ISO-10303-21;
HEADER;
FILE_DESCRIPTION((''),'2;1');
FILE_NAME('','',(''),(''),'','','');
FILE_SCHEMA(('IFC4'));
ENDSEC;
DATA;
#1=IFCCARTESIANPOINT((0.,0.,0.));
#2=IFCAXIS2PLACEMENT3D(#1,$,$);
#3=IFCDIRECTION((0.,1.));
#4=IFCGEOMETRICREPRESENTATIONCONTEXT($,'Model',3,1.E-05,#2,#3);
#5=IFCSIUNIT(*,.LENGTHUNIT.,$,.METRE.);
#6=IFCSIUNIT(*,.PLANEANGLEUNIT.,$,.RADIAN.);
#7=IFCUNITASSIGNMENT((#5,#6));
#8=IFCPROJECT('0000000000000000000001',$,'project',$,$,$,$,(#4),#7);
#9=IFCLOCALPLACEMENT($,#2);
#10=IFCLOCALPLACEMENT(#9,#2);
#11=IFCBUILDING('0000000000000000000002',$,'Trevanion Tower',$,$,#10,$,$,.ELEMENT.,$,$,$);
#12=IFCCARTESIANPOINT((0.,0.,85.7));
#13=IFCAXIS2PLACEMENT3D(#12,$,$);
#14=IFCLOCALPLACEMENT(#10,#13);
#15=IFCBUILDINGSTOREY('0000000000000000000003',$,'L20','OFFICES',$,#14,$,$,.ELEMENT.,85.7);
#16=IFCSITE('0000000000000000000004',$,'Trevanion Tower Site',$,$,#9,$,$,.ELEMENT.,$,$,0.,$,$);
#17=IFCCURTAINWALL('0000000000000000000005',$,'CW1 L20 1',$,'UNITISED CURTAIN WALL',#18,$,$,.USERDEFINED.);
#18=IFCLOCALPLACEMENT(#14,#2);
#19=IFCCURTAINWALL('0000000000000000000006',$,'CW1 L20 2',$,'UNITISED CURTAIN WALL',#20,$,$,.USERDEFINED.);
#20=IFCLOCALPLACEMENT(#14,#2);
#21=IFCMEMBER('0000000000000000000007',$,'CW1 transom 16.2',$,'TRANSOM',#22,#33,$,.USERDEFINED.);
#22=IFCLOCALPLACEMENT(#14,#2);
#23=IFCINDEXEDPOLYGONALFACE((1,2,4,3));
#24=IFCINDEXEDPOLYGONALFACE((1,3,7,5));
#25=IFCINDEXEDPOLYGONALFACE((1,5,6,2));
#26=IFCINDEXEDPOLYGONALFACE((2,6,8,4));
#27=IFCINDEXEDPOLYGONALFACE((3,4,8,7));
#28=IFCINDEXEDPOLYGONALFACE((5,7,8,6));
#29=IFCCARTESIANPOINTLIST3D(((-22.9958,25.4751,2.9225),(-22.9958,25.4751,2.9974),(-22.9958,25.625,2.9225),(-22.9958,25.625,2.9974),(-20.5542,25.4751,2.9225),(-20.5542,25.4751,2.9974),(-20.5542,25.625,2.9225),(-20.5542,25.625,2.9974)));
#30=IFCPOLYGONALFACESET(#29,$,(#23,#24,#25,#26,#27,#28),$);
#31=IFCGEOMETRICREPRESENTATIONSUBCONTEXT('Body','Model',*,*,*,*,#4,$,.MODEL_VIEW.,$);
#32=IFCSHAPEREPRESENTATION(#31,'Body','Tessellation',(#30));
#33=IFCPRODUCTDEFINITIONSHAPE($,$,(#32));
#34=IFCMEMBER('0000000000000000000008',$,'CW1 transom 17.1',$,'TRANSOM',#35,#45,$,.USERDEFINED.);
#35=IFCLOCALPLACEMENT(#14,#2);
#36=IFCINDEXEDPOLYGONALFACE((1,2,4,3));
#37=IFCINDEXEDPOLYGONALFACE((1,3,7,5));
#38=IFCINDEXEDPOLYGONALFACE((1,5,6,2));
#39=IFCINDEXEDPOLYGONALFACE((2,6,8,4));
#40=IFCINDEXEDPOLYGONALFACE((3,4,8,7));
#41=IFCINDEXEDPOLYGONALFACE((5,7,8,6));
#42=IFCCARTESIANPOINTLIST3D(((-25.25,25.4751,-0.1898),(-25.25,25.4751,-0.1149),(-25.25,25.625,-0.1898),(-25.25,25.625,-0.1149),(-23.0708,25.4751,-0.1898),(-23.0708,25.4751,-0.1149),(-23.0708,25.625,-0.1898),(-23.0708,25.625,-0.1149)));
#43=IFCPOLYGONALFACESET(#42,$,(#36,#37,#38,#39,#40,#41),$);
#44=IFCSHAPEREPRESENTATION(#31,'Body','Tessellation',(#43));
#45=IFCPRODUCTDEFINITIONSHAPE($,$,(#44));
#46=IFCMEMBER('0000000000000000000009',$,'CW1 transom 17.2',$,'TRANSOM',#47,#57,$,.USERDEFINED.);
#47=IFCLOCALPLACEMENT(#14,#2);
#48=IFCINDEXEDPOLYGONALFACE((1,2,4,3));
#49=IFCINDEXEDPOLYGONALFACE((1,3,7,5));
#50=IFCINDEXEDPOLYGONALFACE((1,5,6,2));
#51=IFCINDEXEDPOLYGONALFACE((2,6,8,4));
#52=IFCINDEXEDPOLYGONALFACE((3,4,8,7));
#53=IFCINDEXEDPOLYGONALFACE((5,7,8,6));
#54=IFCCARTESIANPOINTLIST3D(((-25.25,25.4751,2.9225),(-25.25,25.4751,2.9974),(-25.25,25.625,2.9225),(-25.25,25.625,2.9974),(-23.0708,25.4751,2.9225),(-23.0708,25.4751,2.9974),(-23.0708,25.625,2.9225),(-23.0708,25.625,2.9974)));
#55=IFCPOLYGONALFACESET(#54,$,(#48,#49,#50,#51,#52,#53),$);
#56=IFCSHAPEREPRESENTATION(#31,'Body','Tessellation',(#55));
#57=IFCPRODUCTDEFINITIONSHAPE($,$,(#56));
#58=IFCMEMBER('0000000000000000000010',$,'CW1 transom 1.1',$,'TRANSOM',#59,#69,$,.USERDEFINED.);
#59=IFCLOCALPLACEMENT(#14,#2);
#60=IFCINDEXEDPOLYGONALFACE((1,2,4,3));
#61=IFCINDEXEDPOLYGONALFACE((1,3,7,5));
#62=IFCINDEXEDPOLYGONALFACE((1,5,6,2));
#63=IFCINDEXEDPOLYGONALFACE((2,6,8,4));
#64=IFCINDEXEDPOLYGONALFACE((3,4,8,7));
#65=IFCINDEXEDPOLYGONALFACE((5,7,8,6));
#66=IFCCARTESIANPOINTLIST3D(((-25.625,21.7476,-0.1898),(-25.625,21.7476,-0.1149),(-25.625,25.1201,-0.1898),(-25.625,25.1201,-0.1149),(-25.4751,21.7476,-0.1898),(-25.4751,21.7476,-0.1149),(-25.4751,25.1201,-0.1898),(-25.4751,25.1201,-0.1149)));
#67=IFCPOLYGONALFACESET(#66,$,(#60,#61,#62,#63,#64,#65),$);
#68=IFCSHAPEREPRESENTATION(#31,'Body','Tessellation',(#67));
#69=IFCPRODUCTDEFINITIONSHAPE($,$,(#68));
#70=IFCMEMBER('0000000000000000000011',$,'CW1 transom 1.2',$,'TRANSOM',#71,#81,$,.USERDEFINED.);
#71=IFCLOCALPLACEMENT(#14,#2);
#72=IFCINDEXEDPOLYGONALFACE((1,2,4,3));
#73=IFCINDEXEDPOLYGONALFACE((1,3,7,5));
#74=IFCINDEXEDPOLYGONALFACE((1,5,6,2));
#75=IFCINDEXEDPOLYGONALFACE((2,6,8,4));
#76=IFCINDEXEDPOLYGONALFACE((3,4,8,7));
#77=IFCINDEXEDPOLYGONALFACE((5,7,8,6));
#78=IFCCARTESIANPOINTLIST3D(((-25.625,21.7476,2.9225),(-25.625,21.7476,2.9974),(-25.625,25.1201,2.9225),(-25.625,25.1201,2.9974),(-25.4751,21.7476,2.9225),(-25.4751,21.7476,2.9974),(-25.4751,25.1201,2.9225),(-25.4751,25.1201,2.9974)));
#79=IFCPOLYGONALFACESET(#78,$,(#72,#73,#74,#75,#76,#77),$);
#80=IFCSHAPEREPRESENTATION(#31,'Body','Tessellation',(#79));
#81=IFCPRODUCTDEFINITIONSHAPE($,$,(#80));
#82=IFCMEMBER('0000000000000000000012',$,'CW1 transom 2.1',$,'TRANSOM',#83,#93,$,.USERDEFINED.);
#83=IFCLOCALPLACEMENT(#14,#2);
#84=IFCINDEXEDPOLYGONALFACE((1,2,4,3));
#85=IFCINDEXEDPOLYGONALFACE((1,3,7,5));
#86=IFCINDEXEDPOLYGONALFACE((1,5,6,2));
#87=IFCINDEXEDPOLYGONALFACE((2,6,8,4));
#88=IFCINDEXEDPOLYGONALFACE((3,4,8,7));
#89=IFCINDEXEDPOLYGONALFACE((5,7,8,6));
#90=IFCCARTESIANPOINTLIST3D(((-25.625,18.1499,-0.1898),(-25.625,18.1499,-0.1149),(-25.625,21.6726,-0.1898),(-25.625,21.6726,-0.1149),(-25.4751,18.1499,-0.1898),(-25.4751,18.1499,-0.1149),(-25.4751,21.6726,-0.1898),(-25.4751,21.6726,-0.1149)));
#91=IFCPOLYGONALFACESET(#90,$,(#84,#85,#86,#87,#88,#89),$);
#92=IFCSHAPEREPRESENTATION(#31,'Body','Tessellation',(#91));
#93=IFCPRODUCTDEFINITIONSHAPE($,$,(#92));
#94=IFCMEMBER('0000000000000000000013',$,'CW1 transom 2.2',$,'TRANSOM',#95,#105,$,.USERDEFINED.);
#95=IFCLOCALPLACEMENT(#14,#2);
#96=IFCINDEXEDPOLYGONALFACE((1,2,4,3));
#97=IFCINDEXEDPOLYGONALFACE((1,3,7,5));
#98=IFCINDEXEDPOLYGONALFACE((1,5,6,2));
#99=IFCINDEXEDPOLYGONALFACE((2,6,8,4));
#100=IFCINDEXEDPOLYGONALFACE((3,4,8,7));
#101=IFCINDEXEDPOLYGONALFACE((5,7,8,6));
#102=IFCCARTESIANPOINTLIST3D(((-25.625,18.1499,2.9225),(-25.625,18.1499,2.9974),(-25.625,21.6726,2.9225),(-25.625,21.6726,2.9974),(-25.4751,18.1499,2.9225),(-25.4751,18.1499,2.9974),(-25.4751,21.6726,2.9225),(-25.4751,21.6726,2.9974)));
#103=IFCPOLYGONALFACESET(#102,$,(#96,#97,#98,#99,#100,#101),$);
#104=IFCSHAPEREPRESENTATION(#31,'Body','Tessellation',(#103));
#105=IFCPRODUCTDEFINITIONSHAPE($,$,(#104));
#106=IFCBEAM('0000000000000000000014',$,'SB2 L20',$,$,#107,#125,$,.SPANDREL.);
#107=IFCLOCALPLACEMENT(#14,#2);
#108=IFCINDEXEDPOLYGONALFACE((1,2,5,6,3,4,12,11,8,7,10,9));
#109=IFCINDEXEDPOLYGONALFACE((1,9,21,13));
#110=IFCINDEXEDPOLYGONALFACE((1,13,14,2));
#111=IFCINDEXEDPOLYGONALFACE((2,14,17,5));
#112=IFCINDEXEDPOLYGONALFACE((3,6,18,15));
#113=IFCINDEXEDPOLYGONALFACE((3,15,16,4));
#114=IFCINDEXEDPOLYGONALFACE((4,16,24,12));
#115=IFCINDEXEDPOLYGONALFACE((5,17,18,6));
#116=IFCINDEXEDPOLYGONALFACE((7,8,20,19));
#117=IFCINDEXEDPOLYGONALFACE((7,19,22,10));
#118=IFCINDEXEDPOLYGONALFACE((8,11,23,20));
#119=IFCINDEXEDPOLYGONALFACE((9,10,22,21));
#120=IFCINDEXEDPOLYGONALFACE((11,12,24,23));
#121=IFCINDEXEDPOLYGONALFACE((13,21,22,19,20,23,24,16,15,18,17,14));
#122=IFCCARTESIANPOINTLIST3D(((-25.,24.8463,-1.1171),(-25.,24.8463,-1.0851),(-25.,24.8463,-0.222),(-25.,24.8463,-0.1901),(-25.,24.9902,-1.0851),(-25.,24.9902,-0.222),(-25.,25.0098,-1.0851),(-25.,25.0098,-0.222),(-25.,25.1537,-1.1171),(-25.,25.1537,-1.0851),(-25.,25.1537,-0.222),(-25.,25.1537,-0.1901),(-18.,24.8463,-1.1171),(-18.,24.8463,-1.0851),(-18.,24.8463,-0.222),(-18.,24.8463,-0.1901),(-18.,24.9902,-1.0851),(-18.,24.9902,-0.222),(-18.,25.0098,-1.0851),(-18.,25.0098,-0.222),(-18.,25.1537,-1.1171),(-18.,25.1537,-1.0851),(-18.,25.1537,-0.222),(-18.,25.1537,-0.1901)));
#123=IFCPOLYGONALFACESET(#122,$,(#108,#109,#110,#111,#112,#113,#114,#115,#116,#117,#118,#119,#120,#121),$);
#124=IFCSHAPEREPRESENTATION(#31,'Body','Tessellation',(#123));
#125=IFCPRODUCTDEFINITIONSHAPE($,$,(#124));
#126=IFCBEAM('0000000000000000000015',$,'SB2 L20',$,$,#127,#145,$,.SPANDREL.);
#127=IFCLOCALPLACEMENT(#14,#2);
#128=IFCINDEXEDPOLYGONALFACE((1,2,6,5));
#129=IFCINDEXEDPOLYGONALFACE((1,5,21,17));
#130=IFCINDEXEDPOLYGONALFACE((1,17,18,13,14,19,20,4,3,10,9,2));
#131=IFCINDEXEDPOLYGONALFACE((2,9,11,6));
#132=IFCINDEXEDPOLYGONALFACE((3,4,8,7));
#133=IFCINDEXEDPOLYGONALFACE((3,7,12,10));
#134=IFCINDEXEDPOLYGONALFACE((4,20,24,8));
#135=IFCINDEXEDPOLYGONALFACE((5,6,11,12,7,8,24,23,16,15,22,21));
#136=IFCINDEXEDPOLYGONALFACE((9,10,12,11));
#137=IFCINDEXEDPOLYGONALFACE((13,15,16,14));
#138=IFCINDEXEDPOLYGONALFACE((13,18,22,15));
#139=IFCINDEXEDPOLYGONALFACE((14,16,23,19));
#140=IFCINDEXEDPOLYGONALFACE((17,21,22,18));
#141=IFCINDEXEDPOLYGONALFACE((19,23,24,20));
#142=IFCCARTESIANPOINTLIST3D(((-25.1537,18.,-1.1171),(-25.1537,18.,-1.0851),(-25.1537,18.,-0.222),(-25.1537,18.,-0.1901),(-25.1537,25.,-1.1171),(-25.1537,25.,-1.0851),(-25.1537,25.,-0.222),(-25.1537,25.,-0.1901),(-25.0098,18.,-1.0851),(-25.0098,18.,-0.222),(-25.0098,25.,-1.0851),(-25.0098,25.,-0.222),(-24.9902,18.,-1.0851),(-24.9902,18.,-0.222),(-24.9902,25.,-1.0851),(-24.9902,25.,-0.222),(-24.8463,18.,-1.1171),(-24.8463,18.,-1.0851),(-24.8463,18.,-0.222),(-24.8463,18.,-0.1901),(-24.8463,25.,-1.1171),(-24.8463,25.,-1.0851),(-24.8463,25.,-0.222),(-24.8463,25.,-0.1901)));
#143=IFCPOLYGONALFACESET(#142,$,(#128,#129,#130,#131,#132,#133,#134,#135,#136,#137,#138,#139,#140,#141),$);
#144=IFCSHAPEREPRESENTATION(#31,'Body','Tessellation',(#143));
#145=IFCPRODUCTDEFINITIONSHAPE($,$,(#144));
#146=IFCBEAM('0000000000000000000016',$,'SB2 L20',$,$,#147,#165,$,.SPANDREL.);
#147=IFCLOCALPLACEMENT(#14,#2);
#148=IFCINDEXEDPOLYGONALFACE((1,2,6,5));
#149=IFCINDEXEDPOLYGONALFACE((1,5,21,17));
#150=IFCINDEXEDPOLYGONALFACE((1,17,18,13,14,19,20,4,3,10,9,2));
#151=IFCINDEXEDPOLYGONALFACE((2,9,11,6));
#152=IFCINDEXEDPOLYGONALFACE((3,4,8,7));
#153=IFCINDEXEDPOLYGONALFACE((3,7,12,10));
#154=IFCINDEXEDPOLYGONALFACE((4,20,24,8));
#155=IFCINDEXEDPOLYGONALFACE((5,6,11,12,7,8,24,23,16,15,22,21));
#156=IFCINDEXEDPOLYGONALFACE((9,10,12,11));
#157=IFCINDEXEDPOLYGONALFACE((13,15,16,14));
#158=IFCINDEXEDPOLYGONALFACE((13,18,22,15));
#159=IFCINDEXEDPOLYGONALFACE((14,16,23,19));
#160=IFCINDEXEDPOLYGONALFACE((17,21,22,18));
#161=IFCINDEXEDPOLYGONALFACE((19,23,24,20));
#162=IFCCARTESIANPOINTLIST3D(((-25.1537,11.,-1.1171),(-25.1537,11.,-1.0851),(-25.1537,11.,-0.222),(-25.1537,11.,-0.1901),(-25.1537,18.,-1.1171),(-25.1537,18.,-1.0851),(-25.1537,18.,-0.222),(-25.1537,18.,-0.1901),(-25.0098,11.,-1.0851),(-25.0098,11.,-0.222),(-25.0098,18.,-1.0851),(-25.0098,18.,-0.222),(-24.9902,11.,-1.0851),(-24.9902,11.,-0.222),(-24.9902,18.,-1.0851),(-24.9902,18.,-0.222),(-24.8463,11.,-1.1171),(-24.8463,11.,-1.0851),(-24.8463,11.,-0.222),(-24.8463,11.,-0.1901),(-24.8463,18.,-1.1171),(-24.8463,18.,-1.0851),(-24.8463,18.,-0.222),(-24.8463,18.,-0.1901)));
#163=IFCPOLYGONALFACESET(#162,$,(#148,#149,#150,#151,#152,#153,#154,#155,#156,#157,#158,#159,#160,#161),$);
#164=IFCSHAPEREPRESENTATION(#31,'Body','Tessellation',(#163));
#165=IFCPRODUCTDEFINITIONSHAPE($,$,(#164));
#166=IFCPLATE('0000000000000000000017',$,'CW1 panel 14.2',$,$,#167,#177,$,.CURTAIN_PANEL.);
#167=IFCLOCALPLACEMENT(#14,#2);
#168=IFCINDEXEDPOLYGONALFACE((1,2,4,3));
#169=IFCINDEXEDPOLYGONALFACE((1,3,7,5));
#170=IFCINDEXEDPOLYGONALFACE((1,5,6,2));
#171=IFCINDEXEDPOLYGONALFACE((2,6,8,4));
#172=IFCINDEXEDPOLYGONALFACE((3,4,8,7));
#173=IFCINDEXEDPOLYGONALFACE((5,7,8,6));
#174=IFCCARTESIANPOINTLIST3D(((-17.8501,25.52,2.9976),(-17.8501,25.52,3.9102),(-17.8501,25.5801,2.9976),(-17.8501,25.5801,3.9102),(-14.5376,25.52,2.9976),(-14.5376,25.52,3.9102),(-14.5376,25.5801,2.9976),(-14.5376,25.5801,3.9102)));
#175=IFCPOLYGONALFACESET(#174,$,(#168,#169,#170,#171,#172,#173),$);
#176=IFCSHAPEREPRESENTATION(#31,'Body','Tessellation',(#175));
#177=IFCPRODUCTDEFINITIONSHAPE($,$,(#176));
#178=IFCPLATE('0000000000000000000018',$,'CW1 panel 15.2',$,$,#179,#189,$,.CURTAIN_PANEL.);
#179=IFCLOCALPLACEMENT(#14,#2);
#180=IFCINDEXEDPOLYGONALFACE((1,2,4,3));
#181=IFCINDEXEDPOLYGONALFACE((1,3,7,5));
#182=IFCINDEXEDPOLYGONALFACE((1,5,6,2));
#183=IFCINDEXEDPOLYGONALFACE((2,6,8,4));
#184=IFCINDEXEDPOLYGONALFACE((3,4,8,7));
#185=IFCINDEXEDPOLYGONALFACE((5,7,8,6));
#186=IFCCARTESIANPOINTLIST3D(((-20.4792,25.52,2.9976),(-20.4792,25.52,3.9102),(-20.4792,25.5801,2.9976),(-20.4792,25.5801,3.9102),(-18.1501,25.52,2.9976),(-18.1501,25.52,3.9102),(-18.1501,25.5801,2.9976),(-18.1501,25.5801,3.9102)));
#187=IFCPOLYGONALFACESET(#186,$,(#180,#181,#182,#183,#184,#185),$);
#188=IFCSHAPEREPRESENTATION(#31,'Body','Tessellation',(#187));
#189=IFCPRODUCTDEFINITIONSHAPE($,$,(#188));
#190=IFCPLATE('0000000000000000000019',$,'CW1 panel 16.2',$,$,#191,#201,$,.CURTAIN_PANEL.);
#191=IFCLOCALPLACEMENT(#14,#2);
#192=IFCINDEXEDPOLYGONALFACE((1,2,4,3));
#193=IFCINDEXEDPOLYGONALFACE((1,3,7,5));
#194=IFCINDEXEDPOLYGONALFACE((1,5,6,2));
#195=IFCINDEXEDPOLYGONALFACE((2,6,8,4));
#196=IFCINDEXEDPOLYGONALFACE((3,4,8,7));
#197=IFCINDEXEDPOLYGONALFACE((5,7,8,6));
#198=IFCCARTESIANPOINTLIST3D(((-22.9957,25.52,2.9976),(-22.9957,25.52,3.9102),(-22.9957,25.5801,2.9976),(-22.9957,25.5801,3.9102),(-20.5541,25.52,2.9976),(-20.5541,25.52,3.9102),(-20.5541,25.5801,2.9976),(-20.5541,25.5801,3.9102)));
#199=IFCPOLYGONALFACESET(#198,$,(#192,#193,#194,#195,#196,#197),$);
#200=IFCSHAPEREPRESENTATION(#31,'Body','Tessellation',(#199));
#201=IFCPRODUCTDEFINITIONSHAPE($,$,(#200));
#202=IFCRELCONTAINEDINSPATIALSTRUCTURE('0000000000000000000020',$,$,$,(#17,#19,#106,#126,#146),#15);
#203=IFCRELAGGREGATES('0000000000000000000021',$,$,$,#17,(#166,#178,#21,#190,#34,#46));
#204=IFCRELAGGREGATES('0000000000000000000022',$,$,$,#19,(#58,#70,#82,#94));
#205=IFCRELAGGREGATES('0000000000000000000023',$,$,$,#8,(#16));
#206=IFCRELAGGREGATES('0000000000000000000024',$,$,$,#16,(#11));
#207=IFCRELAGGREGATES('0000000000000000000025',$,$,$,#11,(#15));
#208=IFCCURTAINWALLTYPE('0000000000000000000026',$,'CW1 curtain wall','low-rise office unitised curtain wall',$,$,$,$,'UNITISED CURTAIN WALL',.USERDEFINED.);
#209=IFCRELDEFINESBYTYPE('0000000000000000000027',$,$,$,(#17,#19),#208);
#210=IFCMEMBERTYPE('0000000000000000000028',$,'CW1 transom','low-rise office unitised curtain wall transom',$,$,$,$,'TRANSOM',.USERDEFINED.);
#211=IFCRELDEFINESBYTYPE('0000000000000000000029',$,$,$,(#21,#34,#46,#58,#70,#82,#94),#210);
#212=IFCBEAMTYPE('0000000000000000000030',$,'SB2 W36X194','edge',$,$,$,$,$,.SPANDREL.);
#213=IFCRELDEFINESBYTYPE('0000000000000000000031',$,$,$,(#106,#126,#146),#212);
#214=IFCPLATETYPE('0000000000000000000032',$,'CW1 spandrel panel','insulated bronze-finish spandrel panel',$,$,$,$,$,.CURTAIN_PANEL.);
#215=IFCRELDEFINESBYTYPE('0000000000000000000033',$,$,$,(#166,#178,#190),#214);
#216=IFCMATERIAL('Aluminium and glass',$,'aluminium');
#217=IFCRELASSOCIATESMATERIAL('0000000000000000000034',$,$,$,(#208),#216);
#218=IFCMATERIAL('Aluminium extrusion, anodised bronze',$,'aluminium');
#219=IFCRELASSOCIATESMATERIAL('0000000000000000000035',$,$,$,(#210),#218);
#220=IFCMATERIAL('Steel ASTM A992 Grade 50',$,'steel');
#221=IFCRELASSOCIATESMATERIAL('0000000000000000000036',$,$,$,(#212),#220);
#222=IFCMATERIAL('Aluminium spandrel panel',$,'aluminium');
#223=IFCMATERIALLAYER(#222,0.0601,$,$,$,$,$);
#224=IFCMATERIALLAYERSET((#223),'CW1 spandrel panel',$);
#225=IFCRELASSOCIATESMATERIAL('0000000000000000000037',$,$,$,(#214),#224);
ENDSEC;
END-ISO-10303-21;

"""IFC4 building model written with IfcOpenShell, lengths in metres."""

from ifc_helpers import new_model, si_unit, direction, frame, origin, origin_2d, place, context, subcontext, project, spatial, rectangle, i_section, extrude, material, layer, layer_set, material_profile, profile_set, type_object, element, aggregate, save


model = new_model("IFC4")

# Units and contexts
model_context = context("Model", 3, precision=1e-05, world=origin(), true_north=direction((0.0, 1.0)))
body_context = subcontext(model_context, "Body", "Model", "MODEL_VIEW")
ifc_project = project(units=[si_unit("LENGTHUNIT", "METRE"), si_unit("PLANEANGLEUNIT", "RADIAN")], contexts=[model_context])

# Site, building, storey
site_placement = place(None, origin())
site = spatial("IfcSite", under=ifc_project, at=site_placement, Name="Trevanion Tower Site", CompositionType="ELEMENT", RefElevation=0.0)
building_placement = place(site_placement, origin())
building = spatial("IfcBuilding", under=site, at=building_placement, Name="Trevanion Tower", CompositionType="ELEMENT")
storey_placement = place(building_placement, frame((0.0, 0.0, 85.7)))
storey = spatial("IfcBuildingStorey", under=building, at=storey_placement, Name="L20", Description="OFFICES", CompositionType="ELEMENT", Elevation=85.7)

# Curtain wall
ifc_material_1 = material(Name="Aluminium and glass", Category="aluminium")
curtain_wall_type = type_object("IfcCurtainWallType", Name="CW1 curtain wall", Description="low-rise office unitised curtain wall", ElementType="UNITISED CURTAIN WALL", PredefinedType="USERDEFINED", material=ifc_material_1)
curtain_wall_1_placement = place(storey_placement, origin())
curtain_wall_1 = element("IfcCurtainWall", 1, at=curtain_wall_1_placement, inside=storey, type_object=curtain_wall_type, Name="CW1 L20 1", ObjectType="UNITISED CURTAIN WALL", PredefinedType="USERDEFINED")

# Curtain wall
curtain_wall_2_placement = place(storey_placement, origin())
curtain_wall_2 = element("IfcCurtainWall", 2, at=curtain_wall_2_placement, inside=storey, type_object=curtain_wall_type, Name="CW1 L20 2", ObjectType="UNITISED CURTAIN WALL", PredefinedType="USERDEFINED")

# Members
ifc_material_2 = material(Name="Aluminium extrusion, anodised bronze", Category="aluminium")
ifc_material_profile_1 = material_profile(ifc_material_2, rectangle(XDim=0.1499, YDim=0.075, at=origin_2d()), Name="CW1 transom")
ifc_profile_set_1 = profile_set([ifc_material_profile_1], Name="Aluminium extrusion, anodised bronze")
member_type_1 = type_object("IfcMemberType", Name="CW1 transom", Description="low-rise office unitised curtain wall transom", ElementType="TRANSOM", PredefinedType="USERDEFINED", material=ifc_profile_set_1)
member_1_placement = place(storey_placement, frame((-20.5542, 25.55, 2.96), z_axis=(-1.0, 0.0, 0.0), x_axis=(0.0, -1.0, 0.0)))
member_1 = element("IfcMember", 3, at=member_1_placement, type_object=member_type_1, Name="CW1 transom 16.2", ObjectType="TRANSOM", PredefinedType="USERDEFINED", context=body_context, shape_type="SweptSolid", body=[
    extrude(rectangle(XDim=0.1499, YDim=0.075, at=origin_2d()), origin(), (0.0, 0.0, 1.0), 2.4417),
])
member_2_placement = place(storey_placement, frame((-23.0708, 25.55, -0.1523), z_axis=(-1.0, 0.0, 0.0), x_axis=(0.0, -1.0, 0.0)))
member_2 = element("IfcMember", 4, at=member_2_placement, type_object=member_type_1, Name="CW1 transom 17.1", ObjectType="TRANSOM", PredefinedType="USERDEFINED", context=body_context, shape_type="SweptSolid", body=[
    extrude(rectangle(XDim=0.1499, YDim=0.075, at=origin_2d()), origin(), (0.0, 0.0, 1.0), 2.1792),
])
member_3_placement = place(storey_placement, frame((-23.0708, 25.55, 2.96), z_axis=(-1.0, 0.0, 0.0), x_axis=(0.0, -1.0, 0.0)))
member_3 = element("IfcMember", 5, at=member_3_placement, type_object=member_type_1, Name="CW1 transom 17.2", ObjectType="TRANSOM", PredefinedType="USERDEFINED", context=body_context, shape_type="SweptSolid", body=[
    extrude(rectangle(XDim=0.1499, YDim=0.075, at=origin_2d()), origin(), (0.0, 0.0, 1.0), 2.1792),
])
member_4_placement = place(storey_placement, frame((-25.55, 25.1201, -0.1523), z_axis=(0.0, -1.0, 0.0), x_axis=(1.0, 0.0, 0.0)))
member_4 = element("IfcMember", 6, at=member_4_placement, type_object=member_type_1, Name="CW1 transom 1.1", ObjectType="TRANSOM", PredefinedType="USERDEFINED", context=body_context, shape_type="SweptSolid", body=[
    extrude(rectangle(XDim=0.1499, YDim=0.075, at=origin_2d()), origin(), (0.0, 0.0, 1.0), 3.3726),
])
member_5_placement = place(storey_placement, frame((-25.55, 25.1201, 2.96), z_axis=(0.0, -1.0, 0.0), x_axis=(1.0, 0.0, 0.0)))
member_5 = element("IfcMember", 7, at=member_5_placement, type_object=member_type_1, Name="CW1 transom 1.2", ObjectType="TRANSOM", PredefinedType="USERDEFINED", context=body_context, shape_type="SweptSolid", body=[
    extrude(rectangle(XDim=0.1499, YDim=0.075, at=origin_2d()), origin(), (0.0, 0.0, 1.0), 3.3726),
])
member_6_placement = place(storey_placement, frame((-25.55, 21.6726, -0.1523), z_axis=(0.0, -1.0, 0.0), x_axis=(1.0, 0.0, 0.0)))
member_6 = element("IfcMember", 8, at=member_6_placement, type_object=member_type_1, Name="CW1 transom 2.1", ObjectType="TRANSOM", PredefinedType="USERDEFINED", context=body_context, shape_type="SweptSolid", body=[
    extrude(rectangle(XDim=0.1499, YDim=0.075, at=origin_2d()), origin(), (0.0, 0.0, 1.0), 3.5227),
])
member_7_placement = place(storey_placement, frame((-25.55, 21.6726, 2.96), z_axis=(0.0, -1.0, 0.0), x_axis=(1.0, 0.0, 0.0)))
member_7 = element("IfcMember", 9, at=member_7_placement, type_object=member_type_1, Name="CW1 transom 2.2", ObjectType="TRANSOM", PredefinedType="USERDEFINED", context=body_context, shape_type="SweptSolid", body=[
    extrude(rectangle(XDim=0.1499, YDim=0.075, at=origin_2d()), origin(), (0.0, 0.0, 1.0), 3.5227),
])

# Beams
ifc_material_3 = material(Name="Steel ASTM A992 Grade 50", Category="steel")
ifc_material_profile_2 = material_profile(ifc_material_3, i_section(OverallWidth=0.3074, OverallDepth=0.927, WebThickness=0.0195, FlangeThickness=0.032, at=origin_2d()), Name="W36X194")
ifc_profile_set_2 = profile_set([ifc_material_profile_2], Name="Steel ASTM A992 Grade 50")
beam_type = type_object("IfcBeamType", Name="SB2 W36X194", Description="edge", PredefinedType="SPANDREL", material=ifc_profile_set_2)
for number, where, z_axis, x_axis, name in (
    (10, (-18.0, 25.0, -0.6536), (-1.0, 0.0, 0.0), (0.0, -1.0, 0.0), "SB2 L20"),
    (11, (-25.0, 25.0, -0.6536), (0.0, -1.0, 0.0), (1.0, 0.0, 0.0), "SB2 L20"),
    (12, (-25.0, 18.0, -0.6536), (0.0, -1.0, 0.0), (1.0, 0.0, 0.0), "SB2 L20"),
):
    element("IfcBeam", number, at=place(storey_placement, frame(where, z_axis=z_axis, x_axis=x_axis)), inside=storey, type_object=beam_type, Name=name, PredefinedType="SPANDREL", context=body_context, shape_type="SweptSolid", body=[
        extrude(i_section(OverallWidth=0.3074, OverallDepth=0.927, WebThickness=0.0195, FlangeThickness=0.032, at=origin_2d()), origin(), (0.0, 0.0, 1.0), 7.0),
    ])

# Plates
ifc_material_4 = material(Name="Aluminium spandrel panel", Category="aluminium")
ifc_layer_1 = layer(ifc_material_4, 0.0601)
ifc_layer_set_1 = layer_set([ifc_layer_1], Name="CW1 spandrel panel")
plate_type_1 = type_object("IfcPlateType", Name="CW1 spandrel panel", Description="insulated bronze-finish spandrel panel", PredefinedType="CURTAIN_PANEL", material=ifc_layer_set_1)
plate_1_placement = place(storey_placement, frame((-16.1938, 25.55, 2.9976), z_axis=(0.0, 0.0, 1.0), x_axis=(-1.0, 0.0, 0.0)))
plate_1 = element("IfcPlate", 13, at=plate_1_placement, type_object=plate_type_1, Name="CW1 panel 14.2", PredefinedType="CURTAIN_PANEL", context=body_context, shape_type="SweptSolid", body=[
    extrude(rectangle(XDim=3.3125, YDim=0.0601, at=origin_2d()), origin(), (0.0, 0.0, 1.0), 0.9126),
])
plate_2_placement = place(storey_placement, frame((-19.3147, 25.55, 2.9976), z_axis=(0.0, 0.0, 1.0), x_axis=(-1.0, 0.0, 0.0)))
plate_2 = element("IfcPlate", 14, at=plate_2_placement, type_object=plate_type_1, Name="CW1 panel 15.2", PredefinedType="CURTAIN_PANEL", context=body_context, shape_type="SweptSolid", body=[
    extrude(rectangle(XDim=2.3291, YDim=0.0601, at=origin_2d()), origin(), (0.0, 0.0, 1.0), 0.9126),
])
plate_3_placement = place(storey_placement, frame((-21.7749, 25.55, 2.9976), z_axis=(0.0, 0.0, 1.0), x_axis=(-1.0, 0.0, 0.0)))
plate_3 = element("IfcPlate", 15, at=plate_3_placement, type_object=plate_type_1, Name="CW1 panel 16.2", PredefinedType="CURTAIN_PANEL", context=body_context, shape_type="SweptSolid", body=[
    extrude(rectangle(XDim=2.4417, YDim=0.0601, at=origin_2d()), origin(), (0.0, 0.0, 1.0), 0.9126),
])
aggregate(curtain_wall_1, [plate_1, plate_2, member_1, plate_3, member_2, member_3])
aggregate(curtain_wall_2, [member_4, member_5, member_6, member_7])

save(model, "model.ifc")
